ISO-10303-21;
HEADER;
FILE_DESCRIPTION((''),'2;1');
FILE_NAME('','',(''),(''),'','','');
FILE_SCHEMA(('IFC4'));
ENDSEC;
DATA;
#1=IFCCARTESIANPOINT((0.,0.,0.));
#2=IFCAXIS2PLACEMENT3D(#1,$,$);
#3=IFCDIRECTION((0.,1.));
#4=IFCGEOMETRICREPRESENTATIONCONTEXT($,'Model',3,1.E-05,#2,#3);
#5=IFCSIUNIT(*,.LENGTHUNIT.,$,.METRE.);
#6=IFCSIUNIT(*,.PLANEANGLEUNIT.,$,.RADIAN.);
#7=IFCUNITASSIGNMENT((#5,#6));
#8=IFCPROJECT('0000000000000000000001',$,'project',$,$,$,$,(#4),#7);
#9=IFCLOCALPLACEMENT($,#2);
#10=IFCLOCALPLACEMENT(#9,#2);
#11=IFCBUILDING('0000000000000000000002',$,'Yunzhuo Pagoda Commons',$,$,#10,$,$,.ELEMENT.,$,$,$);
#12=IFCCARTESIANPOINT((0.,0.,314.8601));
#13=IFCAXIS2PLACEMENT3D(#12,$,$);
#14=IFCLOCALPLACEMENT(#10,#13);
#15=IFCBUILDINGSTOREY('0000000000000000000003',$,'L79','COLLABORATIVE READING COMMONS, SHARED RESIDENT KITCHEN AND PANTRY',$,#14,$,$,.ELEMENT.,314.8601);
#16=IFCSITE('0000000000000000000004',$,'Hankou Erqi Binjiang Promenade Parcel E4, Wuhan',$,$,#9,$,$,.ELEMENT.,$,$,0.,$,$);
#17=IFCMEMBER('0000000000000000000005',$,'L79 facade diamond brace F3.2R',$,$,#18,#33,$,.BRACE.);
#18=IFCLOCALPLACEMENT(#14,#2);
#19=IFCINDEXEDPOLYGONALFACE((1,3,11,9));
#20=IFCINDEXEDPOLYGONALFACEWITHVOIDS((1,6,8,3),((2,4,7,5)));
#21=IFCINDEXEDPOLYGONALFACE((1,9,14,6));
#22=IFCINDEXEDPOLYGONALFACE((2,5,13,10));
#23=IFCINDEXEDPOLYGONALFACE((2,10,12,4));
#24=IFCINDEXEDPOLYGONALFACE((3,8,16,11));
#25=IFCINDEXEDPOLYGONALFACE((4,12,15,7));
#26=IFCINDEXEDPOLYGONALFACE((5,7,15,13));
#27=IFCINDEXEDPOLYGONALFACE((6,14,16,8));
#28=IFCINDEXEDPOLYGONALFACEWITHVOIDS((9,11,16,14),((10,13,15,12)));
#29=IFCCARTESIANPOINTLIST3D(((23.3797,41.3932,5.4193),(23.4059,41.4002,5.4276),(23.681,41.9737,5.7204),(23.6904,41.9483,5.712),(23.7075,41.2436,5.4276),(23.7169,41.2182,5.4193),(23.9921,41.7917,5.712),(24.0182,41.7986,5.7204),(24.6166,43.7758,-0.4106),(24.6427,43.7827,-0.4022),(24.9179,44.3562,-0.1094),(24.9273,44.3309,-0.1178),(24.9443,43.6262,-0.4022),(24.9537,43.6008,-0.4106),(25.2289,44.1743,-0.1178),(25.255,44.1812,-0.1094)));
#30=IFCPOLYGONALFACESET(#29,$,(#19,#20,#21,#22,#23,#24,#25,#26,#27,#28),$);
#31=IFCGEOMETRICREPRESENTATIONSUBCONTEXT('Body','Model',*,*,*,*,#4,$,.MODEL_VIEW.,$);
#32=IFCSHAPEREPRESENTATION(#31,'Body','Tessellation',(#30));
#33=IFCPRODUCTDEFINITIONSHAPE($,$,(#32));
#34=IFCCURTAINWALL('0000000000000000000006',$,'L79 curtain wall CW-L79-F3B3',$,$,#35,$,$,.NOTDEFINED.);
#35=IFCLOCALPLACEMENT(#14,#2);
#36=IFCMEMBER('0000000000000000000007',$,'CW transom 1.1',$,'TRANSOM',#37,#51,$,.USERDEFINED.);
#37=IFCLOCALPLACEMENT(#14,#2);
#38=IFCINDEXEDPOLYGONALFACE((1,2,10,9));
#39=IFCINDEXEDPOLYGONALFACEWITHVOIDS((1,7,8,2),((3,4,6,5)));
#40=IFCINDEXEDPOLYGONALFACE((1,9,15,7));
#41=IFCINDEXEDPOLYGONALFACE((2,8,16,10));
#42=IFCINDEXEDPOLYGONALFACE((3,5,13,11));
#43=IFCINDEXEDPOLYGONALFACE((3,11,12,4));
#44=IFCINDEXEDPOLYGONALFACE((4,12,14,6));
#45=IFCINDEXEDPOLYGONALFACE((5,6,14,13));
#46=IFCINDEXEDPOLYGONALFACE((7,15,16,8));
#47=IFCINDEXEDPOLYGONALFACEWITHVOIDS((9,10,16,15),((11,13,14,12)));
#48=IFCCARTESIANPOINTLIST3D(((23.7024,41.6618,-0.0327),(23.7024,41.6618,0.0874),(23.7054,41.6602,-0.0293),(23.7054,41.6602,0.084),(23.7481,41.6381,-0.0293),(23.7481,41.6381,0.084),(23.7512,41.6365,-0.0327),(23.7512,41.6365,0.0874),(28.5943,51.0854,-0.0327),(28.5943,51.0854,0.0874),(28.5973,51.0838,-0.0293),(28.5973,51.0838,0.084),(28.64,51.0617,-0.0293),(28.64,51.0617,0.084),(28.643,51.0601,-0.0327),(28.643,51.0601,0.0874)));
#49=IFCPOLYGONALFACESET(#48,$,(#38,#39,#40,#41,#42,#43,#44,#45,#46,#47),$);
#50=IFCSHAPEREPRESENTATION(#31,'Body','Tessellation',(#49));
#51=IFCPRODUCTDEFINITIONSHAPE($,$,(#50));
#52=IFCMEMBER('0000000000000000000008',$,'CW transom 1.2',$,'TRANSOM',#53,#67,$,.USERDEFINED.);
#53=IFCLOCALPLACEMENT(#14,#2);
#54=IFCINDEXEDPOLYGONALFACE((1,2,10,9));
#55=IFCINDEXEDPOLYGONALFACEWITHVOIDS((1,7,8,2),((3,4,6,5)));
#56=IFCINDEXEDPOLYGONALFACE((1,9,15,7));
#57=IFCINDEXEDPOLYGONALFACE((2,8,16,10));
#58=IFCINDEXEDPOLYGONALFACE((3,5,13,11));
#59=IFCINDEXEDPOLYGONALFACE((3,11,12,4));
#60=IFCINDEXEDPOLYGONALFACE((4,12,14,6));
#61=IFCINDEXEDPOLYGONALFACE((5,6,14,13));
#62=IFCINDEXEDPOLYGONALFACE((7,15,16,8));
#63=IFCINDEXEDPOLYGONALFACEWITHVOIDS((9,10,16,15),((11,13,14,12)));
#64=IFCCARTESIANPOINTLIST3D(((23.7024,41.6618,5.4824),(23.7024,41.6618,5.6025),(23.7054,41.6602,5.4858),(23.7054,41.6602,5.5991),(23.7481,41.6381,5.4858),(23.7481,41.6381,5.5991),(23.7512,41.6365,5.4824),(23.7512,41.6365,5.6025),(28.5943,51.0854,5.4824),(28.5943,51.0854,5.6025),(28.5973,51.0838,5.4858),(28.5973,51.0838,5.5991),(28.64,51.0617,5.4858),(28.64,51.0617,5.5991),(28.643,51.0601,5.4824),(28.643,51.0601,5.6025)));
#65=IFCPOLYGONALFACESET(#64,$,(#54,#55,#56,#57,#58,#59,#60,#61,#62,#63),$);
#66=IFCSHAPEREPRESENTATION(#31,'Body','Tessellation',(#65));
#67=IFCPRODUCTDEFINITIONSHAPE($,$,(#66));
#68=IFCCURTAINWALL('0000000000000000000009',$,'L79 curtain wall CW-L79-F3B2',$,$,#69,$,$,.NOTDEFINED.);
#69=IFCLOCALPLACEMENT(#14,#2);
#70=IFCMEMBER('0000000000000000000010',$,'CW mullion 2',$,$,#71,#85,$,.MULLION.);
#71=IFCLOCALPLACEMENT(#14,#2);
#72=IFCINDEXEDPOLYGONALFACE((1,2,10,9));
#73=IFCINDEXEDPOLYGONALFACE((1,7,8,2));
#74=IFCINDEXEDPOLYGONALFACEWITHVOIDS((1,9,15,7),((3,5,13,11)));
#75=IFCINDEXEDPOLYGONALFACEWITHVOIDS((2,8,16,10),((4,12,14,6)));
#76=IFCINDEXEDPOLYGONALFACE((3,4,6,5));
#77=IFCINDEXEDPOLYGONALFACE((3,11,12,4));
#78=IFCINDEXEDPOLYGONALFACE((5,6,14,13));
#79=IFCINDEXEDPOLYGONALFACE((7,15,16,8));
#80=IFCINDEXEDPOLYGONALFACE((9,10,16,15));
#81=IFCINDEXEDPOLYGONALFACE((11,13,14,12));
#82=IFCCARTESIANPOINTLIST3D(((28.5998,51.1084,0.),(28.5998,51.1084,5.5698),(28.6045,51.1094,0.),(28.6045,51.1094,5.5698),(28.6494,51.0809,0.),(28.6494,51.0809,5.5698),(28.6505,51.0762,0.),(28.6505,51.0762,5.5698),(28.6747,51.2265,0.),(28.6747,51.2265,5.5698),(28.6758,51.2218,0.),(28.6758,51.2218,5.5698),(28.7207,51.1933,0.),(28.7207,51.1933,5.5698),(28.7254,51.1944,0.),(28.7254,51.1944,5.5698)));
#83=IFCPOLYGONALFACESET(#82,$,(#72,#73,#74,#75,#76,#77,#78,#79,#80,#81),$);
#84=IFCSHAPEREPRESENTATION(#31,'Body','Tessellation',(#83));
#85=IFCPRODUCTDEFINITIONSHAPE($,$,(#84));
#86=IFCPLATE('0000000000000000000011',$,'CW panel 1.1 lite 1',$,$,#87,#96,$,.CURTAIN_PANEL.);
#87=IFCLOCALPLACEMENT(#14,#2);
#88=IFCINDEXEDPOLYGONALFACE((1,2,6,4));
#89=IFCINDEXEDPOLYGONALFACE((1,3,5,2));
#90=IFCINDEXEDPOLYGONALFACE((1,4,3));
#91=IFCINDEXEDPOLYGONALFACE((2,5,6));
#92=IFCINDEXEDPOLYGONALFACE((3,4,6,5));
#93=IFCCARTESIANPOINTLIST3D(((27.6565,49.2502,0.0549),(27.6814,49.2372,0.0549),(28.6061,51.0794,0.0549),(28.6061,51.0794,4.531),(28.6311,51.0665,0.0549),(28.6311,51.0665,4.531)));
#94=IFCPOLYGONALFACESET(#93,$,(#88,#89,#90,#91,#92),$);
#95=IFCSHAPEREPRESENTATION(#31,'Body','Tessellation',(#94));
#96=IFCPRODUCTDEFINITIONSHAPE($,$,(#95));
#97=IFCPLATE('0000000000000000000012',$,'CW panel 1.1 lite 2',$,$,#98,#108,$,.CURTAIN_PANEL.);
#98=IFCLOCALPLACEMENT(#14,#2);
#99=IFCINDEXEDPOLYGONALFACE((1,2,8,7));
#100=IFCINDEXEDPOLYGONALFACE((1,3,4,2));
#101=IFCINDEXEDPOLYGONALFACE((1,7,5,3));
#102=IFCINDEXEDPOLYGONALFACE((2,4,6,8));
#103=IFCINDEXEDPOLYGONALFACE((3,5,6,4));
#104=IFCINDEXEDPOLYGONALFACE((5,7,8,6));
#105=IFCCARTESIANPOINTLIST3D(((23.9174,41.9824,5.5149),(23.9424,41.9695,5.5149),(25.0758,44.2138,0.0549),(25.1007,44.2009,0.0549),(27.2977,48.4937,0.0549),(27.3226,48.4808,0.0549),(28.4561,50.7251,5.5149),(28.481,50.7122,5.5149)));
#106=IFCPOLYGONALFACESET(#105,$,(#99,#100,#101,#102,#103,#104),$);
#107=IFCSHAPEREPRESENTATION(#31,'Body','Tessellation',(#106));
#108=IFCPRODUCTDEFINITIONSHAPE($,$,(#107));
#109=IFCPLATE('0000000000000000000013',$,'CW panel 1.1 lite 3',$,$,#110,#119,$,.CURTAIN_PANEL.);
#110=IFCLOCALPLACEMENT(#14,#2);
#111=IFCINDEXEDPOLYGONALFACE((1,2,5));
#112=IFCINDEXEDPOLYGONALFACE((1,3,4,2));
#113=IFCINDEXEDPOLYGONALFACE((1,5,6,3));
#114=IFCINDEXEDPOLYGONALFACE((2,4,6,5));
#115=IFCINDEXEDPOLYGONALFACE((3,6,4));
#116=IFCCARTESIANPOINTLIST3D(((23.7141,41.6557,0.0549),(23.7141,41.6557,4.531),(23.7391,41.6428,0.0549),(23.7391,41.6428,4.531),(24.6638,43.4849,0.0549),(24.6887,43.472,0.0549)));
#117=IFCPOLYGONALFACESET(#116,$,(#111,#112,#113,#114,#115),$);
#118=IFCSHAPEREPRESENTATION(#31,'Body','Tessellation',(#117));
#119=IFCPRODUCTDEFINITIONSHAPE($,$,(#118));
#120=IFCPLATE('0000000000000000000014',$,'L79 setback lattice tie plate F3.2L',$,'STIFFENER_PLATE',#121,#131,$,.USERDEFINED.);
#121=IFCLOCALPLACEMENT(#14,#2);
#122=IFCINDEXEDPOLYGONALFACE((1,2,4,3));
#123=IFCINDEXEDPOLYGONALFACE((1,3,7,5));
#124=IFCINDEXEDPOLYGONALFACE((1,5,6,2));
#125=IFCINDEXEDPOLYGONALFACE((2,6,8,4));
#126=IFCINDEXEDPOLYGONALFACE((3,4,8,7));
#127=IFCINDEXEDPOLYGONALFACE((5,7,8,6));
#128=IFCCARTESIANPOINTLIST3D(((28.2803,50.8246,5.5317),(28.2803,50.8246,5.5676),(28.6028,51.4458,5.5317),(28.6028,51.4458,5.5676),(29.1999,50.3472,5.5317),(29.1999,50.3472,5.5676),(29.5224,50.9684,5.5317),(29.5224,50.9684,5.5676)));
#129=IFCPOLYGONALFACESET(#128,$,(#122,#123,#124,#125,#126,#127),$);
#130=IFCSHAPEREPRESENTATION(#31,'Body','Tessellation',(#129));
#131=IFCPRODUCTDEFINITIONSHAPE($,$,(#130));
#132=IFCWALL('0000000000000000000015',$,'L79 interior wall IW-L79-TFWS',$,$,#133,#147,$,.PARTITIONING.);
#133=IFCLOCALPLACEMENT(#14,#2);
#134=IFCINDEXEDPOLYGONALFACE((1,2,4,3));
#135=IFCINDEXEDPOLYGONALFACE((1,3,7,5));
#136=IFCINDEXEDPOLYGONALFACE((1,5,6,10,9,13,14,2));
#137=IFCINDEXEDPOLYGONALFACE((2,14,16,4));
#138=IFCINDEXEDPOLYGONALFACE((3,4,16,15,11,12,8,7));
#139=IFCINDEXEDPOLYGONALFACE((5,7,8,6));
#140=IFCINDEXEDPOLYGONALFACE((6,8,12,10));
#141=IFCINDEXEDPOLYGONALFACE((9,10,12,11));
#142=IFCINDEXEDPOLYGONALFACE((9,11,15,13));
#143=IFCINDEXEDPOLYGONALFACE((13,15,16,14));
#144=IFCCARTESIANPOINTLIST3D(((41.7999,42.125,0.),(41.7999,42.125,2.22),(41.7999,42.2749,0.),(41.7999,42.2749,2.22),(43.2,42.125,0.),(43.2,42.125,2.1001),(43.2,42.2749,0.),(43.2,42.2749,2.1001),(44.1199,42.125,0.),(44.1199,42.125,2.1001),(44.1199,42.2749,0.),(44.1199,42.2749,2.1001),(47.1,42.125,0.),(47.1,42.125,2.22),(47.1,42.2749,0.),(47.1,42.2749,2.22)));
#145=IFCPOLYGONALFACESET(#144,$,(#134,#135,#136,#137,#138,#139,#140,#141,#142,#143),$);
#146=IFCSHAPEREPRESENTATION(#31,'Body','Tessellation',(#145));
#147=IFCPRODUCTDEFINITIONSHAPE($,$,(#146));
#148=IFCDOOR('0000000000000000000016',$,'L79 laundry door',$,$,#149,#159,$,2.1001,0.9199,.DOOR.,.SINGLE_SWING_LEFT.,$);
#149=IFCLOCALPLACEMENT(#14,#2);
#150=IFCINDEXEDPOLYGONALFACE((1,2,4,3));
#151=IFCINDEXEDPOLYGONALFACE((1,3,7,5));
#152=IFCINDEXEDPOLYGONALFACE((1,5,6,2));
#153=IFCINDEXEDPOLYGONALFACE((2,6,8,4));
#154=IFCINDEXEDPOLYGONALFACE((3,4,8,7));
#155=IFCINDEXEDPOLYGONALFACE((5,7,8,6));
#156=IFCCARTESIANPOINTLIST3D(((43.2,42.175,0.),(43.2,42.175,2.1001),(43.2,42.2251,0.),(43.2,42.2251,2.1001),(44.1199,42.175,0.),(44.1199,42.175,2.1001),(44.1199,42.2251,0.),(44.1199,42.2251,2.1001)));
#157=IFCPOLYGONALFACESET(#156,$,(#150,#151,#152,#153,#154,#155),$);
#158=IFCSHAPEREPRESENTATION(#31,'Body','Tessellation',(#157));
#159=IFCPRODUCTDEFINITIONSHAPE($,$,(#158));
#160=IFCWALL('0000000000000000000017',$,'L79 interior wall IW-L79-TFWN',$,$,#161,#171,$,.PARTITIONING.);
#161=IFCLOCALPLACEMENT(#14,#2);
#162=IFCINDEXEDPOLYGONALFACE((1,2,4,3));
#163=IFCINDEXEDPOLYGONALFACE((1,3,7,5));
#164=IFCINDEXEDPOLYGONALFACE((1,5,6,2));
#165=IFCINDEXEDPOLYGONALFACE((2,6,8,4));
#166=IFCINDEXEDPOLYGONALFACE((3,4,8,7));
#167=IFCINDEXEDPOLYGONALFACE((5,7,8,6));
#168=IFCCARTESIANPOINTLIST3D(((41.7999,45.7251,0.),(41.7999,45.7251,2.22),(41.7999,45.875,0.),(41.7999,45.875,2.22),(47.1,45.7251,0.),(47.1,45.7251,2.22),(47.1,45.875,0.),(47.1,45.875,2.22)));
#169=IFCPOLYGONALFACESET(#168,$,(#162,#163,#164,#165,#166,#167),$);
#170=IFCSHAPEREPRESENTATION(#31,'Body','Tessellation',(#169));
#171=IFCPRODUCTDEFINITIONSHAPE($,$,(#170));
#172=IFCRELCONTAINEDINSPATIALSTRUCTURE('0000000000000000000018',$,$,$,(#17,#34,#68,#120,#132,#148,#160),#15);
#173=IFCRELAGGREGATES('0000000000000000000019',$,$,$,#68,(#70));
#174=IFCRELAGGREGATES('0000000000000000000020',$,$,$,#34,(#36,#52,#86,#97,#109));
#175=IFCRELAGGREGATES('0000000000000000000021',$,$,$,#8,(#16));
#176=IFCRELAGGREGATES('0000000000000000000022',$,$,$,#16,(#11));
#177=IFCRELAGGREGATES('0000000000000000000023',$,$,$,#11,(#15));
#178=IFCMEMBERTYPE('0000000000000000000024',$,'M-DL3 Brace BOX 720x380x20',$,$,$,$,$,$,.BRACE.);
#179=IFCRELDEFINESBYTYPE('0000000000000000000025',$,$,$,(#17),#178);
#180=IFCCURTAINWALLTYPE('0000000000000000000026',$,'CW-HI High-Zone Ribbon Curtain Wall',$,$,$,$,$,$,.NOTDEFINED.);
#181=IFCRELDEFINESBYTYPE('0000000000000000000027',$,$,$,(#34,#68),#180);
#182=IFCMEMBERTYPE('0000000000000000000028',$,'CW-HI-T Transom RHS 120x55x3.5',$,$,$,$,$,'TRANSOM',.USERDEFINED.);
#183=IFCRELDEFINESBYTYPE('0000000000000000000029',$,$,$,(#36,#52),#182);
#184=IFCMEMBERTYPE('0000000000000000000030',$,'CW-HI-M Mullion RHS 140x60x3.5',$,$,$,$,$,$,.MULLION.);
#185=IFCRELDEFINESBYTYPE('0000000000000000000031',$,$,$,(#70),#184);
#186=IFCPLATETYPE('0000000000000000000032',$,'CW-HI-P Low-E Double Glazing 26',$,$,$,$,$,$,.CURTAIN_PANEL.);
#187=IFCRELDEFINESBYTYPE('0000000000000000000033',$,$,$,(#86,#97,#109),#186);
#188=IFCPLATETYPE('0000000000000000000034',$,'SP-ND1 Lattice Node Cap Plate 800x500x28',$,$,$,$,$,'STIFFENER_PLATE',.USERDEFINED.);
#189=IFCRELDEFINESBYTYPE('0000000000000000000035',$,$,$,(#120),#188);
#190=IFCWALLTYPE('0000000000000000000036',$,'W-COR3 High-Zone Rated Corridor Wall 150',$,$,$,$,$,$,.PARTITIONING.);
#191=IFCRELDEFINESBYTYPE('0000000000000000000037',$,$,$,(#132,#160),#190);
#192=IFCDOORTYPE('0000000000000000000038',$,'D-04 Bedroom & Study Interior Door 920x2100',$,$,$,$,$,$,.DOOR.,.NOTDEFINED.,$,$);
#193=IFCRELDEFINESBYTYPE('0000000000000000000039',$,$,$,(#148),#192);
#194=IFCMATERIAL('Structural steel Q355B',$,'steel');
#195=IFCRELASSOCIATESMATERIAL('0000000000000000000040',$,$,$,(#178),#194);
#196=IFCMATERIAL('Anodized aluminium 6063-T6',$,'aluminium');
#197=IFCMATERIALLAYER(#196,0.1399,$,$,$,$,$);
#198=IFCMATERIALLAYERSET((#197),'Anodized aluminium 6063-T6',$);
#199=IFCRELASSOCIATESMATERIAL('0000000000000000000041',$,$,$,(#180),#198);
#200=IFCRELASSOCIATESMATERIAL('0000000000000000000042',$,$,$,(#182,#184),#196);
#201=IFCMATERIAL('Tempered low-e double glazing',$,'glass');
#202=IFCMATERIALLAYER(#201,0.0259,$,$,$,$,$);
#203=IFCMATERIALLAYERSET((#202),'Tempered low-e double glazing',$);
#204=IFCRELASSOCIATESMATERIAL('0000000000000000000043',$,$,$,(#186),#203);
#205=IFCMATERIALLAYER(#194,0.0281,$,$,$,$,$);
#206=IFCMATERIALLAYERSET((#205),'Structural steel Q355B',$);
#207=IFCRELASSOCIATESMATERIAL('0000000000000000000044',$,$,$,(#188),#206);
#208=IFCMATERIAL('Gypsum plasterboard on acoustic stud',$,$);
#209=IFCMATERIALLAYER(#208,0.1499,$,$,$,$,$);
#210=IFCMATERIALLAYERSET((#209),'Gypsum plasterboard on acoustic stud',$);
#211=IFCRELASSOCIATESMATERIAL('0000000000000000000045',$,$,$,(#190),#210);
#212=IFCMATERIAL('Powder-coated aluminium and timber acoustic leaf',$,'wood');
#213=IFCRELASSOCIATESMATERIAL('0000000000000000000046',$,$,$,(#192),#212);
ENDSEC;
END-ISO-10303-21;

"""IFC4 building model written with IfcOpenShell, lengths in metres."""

from ifc_helpers import new_model, si_unit, direction, frame, frame_2d, origin, origin_2d, place, context, subcontext, project, spatial, polyline, rectangle, hollow_rectangle, outline, extrude, source, transform, mapped, material, layer, layer_set, material_profile, profile_set, type_object, element, fill, aggregate, save


model = new_model("IFC4")

# Units and contexts
model_context = context("Model", 3, precision=1e-05, world=origin(), true_north=direction((0.0, 1.0)))
body_context = subcontext(model_context, "Body", "Model", "MODEL_VIEW")
ifc_project = project(units=[si_unit("LENGTHUNIT", "METRE"), si_unit("PLANEANGLEUNIT", "RADIAN")], contexts=[model_context])

# Site, building, storey
site_placement = place(None, origin())
site = spatial("IfcSite", under=ifc_project, at=site_placement, Name="Hankou Erqi Binjiang Promenade Parcel E4, Wuhan", CompositionType="ELEMENT", RefElevation=0.0)
building_placement = place(site_placement, origin())
building = spatial("IfcBuilding", under=site, at=building_placement, Name="Yunzhuo Pagoda Commons", CompositionType="ELEMENT")
storey_placement = place(building_placement, frame((0.0, 0.0, 314.8601)))
storey = spatial("IfcBuildingStorey", under=building, at=storey_placement, Name="L79", Description="COLLABORATIVE READING COMMONS, SHARED RESIDENT KITCHEN AND PANTRY", CompositionType="ELEMENT", Elevation=314.8601)

# Shared definitions
ifc_material_1 = material(Name="Structural steel Q355B", Category="steel")

# Member
ifc_material_profile_1 = material_profile(ifc_material_1, hollow_rectangle(XDim=0.3799, YDim=0.72, WallThickness=0.02, at=origin_2d()), Name="Structural steel Q355B")
ifc_profile_set_1 = profile_set([ifc_material_profile_1], Name="Structural steel Q355B")
member_type_1 = type_object("IfcMemberType", Name="M-DL3 Brace BOX 720x380x20", PredefinedType="BRACE", material=ifc_profile_set_1)
shared_shape_1 = source(origin(), body_context, "Body", "SweptSolid", [
    extrude(hollow_rectangle(XDim=0.3799, YDim=0.72, WallThickness=0.02, at=origin_2d()), origin(), (0.0, 0.0, 1.0), 6.4182),
])
for number, where, z_axis, x_axis, name in (
    (1, (24.9358, 43.9785, -0.26), (-0.192705, -0.371221, 0.908328), (0.88754, -0.460731, 0.0), "L79 facade diamond brace F3.2R"),
):
    element("IfcMember", number, at=place(storey_placement, frame(where, z_axis=z_axis, x_axis=x_axis)), inside=storey, type_object=member_type_1, Name=name, PredefinedType="BRACE", context=body_context, shape_type="MappedRepresentation", body=[
        mapped(shared_shape_1, transform((0.0, 0.0, 0.0), scale=1.0)),
    ])

# Curtain wall, members
ifc_material_2 = material(Name="Anodized aluminium 6063-T6", Category="aluminium")
ifc_layer_1 = layer(ifc_material_2, 0.1399)
ifc_layer_set_1 = layer_set([ifc_layer_1], Name="Anodized aluminium 6063-T6")
curtain_wall_type = type_object("IfcCurtainWallType", Name="CW-HI High-Zone Ribbon Curtain Wall", PredefinedType="NOTDEFINED", material=ifc_layer_set_1)
curtain_wall_1_placement = place(storey_placement, origin())
curtain_wall_1 = element("IfcCurtainWall", 2, at=curtain_wall_1_placement, inside=storey, type_object=curtain_wall_type, Name="L79 curtain wall CW-L79-F3B3", PredefinedType="NOTDEFINED")
ifc_material_profile_2 = material_profile(ifc_material_2, hollow_rectangle(XDim=0.0549, YDim=0.1201, WallThickness=0.0034, at=origin_2d()), Name="Anodized aluminium 6063-T6")
ifc_profile_set_2 = profile_set([ifc_material_profile_2], Name="Anodized aluminium 6063-T6")
member_type_2 = type_object("IfcMemberType", Name="CW-HI-T Transom RHS 120x55x3.5", ElementType="TRANSOM", PredefinedType="USERDEFINED", material=ifc_profile_set_2)
shared_shape_2 = source(origin(), body_context, "Body", "SweptSolid", [
    extrude(hollow_rectangle(XDim=0.0549, YDim=0.1201, WallThickness=0.0034, at=origin_2d()), origin(), (0.0, 0.0, 1.0), 10.6177),
])
member_1_placement = place(storey_placement, frame((28.6187, 51.0728, 0.0273), z_axis=(-0.460729, -0.887541, 0.0), x_axis=(0.887541, -0.460729, 0.0)))
member_1 = element("IfcMember", 3, at=member_1_placement, type_object=member_type_2, Name="CW transom 1.1", ObjectType="TRANSOM", PredefinedType="USERDEFINED", context=body_context, shape_type="MappedRepresentation", body=[
    mapped(shared_shape_2, transform((0.0, 0.0, 0.0), scale=1.0)),
])
member_2_placement = place(storey_placement, frame((28.6187, 51.0728, 5.5425), z_axis=(-0.460729, -0.887541, 0.0), x_axis=(0.887541, -0.460729, 0.0)))
member_2 = element("IfcMember", 4, at=member_2_placement, type_object=member_type_2, Name="CW transom 1.2", ObjectType="TRANSOM", PredefinedType="USERDEFINED", context=body_context, shape_type="MappedRepresentation", body=[
    mapped(shared_shape_2, transform((0.0, 0.0, 0.0), scale=1.0)),
])

# Curtain wall, member
curtain_wall_2_placement = place(storey_placement, origin())
curtain_wall_2 = element("IfcCurtainWall", 5, at=curtain_wall_2_placement, inside=storey, type_object=curtain_wall_type, Name="L79 curtain wall CW-L79-F3B2", PredefinedType="NOTDEFINED")
ifc_material_profile_3 = material_profile(ifc_material_2, hollow_rectangle(XDim=0.0601, YDim=0.1399, WallThickness=0.0034, at=origin_2d()), Name="Anodized aluminium 6063-T6")
ifc_profile_set_3 = profile_set([ifc_material_profile_3], Name="Anodized aluminium 6063-T6")
member_type_3 = type_object("IfcMemberType", Name="CW-HI-M Mullion RHS 140x60x3.5", PredefinedType="MULLION", material=ifc_profile_set_3)
shared_shape_3 = source(origin(), body_context, "Body", "SweptSolid", [
    extrude(hollow_rectangle(XDim=0.0601, YDim=0.1399, WallThickness=0.0034, at=origin_2d()), origin(), (0.0, 0.0, 1.0), 5.5698),
])
member_3_placement = place(storey_placement, frame((28.6626, 51.1514, 0.0), z_axis=(0.0, 0.0, 1.0), x_axis=(0.844513, -0.535535, 0.0)))
member_3 = element("IfcMember", 6, at=member_3_placement, type_object=member_type_3, Name="CW mullion 2", PredefinedType="MULLION", context=body_context, shape_type="MappedRepresentation", body=[
    mapped(shared_shape_3, transform((0.0, 0.0, 0.0), scale=1.0)),
])
aggregate(curtain_wall_2, [member_3])

# Plates
ifc_material_3 = material(Name="Tempered low-e double glazing", Category="glass")
ifc_layer_2 = layer(ifc_material_3, 0.0259)
ifc_layer_set_2 = layer_set([ifc_layer_2], Name="Tempered low-e double glazing")
plate_type_1 = type_object("IfcPlateType", Name="CW-HI-P Low-E Double Glazing 26", PredefinedType="CURTAIN_PANEL", material=ifc_layer_set_2)
plate_1_placement = place(storey_placement, frame((28.1562, 50.1519, 2.293), z_axis=(-0.887531, 0.460748, 0.0), x_axis=(-0.460748, -0.887531, 0.0)))
plate_1 = element("IfcPlate", 7, at=plate_1_placement, type_object=plate_type_1, Name="CW panel 1.1 lite 1", PredefinedType="CURTAIN_PANEL", context=body_context, shape_type="SweptSolid", body=[
    extrude(outline(polyline([(-1.0305, -2.238), (1.0305, -2.238), (-1.0305, 2.238), (-1.0305, -2.238)])), origin(), (0.0, 0.0, 1.0), 0.0281),
])
plate_2_placement = place(storey_placement, frame((26.2117, 46.3408, 2.7849), z_axis=(-0.887531, 0.460748, 0.0), x_axis=(-0.460748, -0.887531, 0.0)))
plate_2 = element("IfcPlate", 8, at=plate_2_placement, type_object=plate_type_1, Name="CW panel 1.1 lite 2", PredefinedType="CURTAIN_PANEL", context=body_context, shape_type="SweptSolid", body=[
    extrude(outline(polyline([(-4.9253, 2.73), (-2.4111, -2.73), (2.4111, -2.73), (4.9253, 2.73), (-4.9253, 2.73)])), origin(), (0.0, 0.0, 1.0), 0.0281),
])
plate_3_placement = place(storey_placement, frame((24.2139, 42.5574, 2.293), z_axis=(-0.887531, 0.460748, 0.0), x_axis=(-0.460748, -0.887531, 0.0)))
plate_3 = element("IfcPlate", 9, at=plate_3_placement, type_object=plate_type_1, Name="CW panel 1.1 lite 3", PredefinedType="CURTAIN_PANEL", context=body_context, shape_type="SweptSolid", body=[
    extrude(outline(polyline([(-1.0305, -2.238), (1.0305, -2.238), (1.0305, 2.238), (-1.0305, -2.238)])), origin(), (0.0, 0.0, 1.0), 0.0281),
])
aggregate(curtain_wall_1, [member_1, member_2, plate_1, plate_2, plate_3])
ifc_layer_3 = layer(ifc_material_1, 0.0281)
ifc_layer_set_3 = layer_set([ifc_layer_3], Name="Structural steel Q355B")
plate_type_2 = type_object("IfcPlateType", Name="SP-ND1 Lattice Node Cap Plate 800x500x28", ElementType="STIFFENER_PLATE", PredefinedType="USERDEFINED", material=ifc_layer_set_3)
shared_shape_4 = source(origin(), body_context, "Body", "SweptSolid", [
    extrude(rectangle(XDim=0.7, YDim=1.0361, at=origin_2d()), origin(), (0.0, 0.0, 1.0), 0.0359),
])
plate_4_placement = place(storey_placement, frame((28.9014, 50.8965, 5.5317), z_axis=(0.0, 0.0, 1.0), x_axis=(-0.460742, -0.887534, 0.0)))
element("IfcPlate", 10, at=plate_4_placement, inside=storey, type_object=plate_type_2, Name="L79 setback lattice tie plate F3.2L", ObjectType="STIFFENER_PLATE", PredefinedType="USERDEFINED", context=body_context, shape_type="MappedRepresentation", body=[
    mapped(shared_shape_4, transform((0.0, 0.0, 0.0), scale=1.0)),
])

# Wall, opening, door
ifc_material_4 = material(Name="Gypsum plasterboard on acoustic stud")
ifc_layer_4 = layer(ifc_material_4, 0.1499)
ifc_layer_set_4 = layer_set([ifc_layer_4], Name="Gypsum plasterboard on acoustic stud")
wall_type_1 = type_object("IfcWallType", Name="W-COR3 High-Zone Rated Corridor Wall 150", PredefinedType="PARTITIONING", material=ifc_layer_set_4)
wall_1_placement = place(storey_placement, frame((41.8, 42.2, 0.0), z_axis=(0.0, 0.0, 1.0), x_axis=(1.0, 0.0, 0.0)))
wall_1 = element("IfcWall", 11, at=wall_1_placement, inside=storey, type_object=wall_type_1, Name="L79 interior wall IW-L79-TFWS", PredefinedType="PARTITIONING", context=body_context, shape_type="SweptSolid", body=[
    extrude(rectangle(XDim=5.3, YDim=0.1499, at=frame_2d((2.6499, 0.0))), origin(), (0.0, 0.0, 1.0), 2.22),
])
opening_placement = place(wall_1_placement, frame((1.3999, 0.0, 0.0)))
opening = element("IfcOpeningElement", 12, at=opening_placement, cuts=wall_1, PredefinedType="OPENING", context=body_context, shape_type="SweptSolid", body=[
    extrude(rectangle(XDim=0.9199, YDim=2.1001, at=frame_2d((0.46, 1.05))), frame((0.0, 0.085, 0.0), z_axis=(0.0, -1.0, 0.0), x_axis=(1.0, 0.0, 0.0)), (0.0, 0.0, 1.0), 0.1699),
])
ifc_material_5 = material(Name="Powder-coated aluminium and timber acoustic leaf", Category="wood")
door_type = type_object("IfcDoorType", Name="D-04 Bedroom & Study Interior Door 920x2100", OperationType="NOTDEFINED", PredefinedType="DOOR", material=ifc_material_5)
shared_shape_5 = source(origin(), body_context, "Body", "SweptSolid", [
    extrude(rectangle(XDim=0.9199, YDim=2.1001, at=frame_2d((0.46, 1.05))), frame((0.0, 0.0249, 0.0), z_axis=(0.0, -1.0, 0.0), x_axis=(1.0, 0.0, 0.0)), (0.0, 0.0, 1.0), 0.05),
])
door_placement = place(opening_placement, frame((0.9199, 0.0, 0.0), z_axis=(0.0, 0.0, 1.0), x_axis=(-1.0, 0.0, 0.0)))
door = element("IfcDoor", 13, at=door_placement, inside=storey, type_object=door_type, Name="L79 laundry door", OperationType="SINGLE_SWING_LEFT", OverallHeight=2.1001, OverallWidth=0.9199, PredefinedType="DOOR", context=body_context, shape_type="MappedRepresentation", body=[
    mapped(shared_shape_5, transform((0.0, 0.0, 0.0), scale=1.0)),
])
fill(opening, door)

# Wall
wall_2_placement = place(storey_placement, frame((41.8, 45.8, 0.0), z_axis=(0.0, 0.0, 1.0), x_axis=(1.0, 0.0, 0.0)))
element("IfcWall", 14, at=wall_2_placement, inside=storey, type_object=wall_type_1, Name="L79 interior wall IW-L79-TFWN", PredefinedType="PARTITIONING", context=body_context, shape_type="SweptSolid", body=[
    extrude(rectangle(XDim=5.3, YDim=0.1499, at=frame_2d((2.6499, 0.0))), origin(), (0.0, 0.0, 1.0), 2.22),
])

save(model, "model.ifc")
